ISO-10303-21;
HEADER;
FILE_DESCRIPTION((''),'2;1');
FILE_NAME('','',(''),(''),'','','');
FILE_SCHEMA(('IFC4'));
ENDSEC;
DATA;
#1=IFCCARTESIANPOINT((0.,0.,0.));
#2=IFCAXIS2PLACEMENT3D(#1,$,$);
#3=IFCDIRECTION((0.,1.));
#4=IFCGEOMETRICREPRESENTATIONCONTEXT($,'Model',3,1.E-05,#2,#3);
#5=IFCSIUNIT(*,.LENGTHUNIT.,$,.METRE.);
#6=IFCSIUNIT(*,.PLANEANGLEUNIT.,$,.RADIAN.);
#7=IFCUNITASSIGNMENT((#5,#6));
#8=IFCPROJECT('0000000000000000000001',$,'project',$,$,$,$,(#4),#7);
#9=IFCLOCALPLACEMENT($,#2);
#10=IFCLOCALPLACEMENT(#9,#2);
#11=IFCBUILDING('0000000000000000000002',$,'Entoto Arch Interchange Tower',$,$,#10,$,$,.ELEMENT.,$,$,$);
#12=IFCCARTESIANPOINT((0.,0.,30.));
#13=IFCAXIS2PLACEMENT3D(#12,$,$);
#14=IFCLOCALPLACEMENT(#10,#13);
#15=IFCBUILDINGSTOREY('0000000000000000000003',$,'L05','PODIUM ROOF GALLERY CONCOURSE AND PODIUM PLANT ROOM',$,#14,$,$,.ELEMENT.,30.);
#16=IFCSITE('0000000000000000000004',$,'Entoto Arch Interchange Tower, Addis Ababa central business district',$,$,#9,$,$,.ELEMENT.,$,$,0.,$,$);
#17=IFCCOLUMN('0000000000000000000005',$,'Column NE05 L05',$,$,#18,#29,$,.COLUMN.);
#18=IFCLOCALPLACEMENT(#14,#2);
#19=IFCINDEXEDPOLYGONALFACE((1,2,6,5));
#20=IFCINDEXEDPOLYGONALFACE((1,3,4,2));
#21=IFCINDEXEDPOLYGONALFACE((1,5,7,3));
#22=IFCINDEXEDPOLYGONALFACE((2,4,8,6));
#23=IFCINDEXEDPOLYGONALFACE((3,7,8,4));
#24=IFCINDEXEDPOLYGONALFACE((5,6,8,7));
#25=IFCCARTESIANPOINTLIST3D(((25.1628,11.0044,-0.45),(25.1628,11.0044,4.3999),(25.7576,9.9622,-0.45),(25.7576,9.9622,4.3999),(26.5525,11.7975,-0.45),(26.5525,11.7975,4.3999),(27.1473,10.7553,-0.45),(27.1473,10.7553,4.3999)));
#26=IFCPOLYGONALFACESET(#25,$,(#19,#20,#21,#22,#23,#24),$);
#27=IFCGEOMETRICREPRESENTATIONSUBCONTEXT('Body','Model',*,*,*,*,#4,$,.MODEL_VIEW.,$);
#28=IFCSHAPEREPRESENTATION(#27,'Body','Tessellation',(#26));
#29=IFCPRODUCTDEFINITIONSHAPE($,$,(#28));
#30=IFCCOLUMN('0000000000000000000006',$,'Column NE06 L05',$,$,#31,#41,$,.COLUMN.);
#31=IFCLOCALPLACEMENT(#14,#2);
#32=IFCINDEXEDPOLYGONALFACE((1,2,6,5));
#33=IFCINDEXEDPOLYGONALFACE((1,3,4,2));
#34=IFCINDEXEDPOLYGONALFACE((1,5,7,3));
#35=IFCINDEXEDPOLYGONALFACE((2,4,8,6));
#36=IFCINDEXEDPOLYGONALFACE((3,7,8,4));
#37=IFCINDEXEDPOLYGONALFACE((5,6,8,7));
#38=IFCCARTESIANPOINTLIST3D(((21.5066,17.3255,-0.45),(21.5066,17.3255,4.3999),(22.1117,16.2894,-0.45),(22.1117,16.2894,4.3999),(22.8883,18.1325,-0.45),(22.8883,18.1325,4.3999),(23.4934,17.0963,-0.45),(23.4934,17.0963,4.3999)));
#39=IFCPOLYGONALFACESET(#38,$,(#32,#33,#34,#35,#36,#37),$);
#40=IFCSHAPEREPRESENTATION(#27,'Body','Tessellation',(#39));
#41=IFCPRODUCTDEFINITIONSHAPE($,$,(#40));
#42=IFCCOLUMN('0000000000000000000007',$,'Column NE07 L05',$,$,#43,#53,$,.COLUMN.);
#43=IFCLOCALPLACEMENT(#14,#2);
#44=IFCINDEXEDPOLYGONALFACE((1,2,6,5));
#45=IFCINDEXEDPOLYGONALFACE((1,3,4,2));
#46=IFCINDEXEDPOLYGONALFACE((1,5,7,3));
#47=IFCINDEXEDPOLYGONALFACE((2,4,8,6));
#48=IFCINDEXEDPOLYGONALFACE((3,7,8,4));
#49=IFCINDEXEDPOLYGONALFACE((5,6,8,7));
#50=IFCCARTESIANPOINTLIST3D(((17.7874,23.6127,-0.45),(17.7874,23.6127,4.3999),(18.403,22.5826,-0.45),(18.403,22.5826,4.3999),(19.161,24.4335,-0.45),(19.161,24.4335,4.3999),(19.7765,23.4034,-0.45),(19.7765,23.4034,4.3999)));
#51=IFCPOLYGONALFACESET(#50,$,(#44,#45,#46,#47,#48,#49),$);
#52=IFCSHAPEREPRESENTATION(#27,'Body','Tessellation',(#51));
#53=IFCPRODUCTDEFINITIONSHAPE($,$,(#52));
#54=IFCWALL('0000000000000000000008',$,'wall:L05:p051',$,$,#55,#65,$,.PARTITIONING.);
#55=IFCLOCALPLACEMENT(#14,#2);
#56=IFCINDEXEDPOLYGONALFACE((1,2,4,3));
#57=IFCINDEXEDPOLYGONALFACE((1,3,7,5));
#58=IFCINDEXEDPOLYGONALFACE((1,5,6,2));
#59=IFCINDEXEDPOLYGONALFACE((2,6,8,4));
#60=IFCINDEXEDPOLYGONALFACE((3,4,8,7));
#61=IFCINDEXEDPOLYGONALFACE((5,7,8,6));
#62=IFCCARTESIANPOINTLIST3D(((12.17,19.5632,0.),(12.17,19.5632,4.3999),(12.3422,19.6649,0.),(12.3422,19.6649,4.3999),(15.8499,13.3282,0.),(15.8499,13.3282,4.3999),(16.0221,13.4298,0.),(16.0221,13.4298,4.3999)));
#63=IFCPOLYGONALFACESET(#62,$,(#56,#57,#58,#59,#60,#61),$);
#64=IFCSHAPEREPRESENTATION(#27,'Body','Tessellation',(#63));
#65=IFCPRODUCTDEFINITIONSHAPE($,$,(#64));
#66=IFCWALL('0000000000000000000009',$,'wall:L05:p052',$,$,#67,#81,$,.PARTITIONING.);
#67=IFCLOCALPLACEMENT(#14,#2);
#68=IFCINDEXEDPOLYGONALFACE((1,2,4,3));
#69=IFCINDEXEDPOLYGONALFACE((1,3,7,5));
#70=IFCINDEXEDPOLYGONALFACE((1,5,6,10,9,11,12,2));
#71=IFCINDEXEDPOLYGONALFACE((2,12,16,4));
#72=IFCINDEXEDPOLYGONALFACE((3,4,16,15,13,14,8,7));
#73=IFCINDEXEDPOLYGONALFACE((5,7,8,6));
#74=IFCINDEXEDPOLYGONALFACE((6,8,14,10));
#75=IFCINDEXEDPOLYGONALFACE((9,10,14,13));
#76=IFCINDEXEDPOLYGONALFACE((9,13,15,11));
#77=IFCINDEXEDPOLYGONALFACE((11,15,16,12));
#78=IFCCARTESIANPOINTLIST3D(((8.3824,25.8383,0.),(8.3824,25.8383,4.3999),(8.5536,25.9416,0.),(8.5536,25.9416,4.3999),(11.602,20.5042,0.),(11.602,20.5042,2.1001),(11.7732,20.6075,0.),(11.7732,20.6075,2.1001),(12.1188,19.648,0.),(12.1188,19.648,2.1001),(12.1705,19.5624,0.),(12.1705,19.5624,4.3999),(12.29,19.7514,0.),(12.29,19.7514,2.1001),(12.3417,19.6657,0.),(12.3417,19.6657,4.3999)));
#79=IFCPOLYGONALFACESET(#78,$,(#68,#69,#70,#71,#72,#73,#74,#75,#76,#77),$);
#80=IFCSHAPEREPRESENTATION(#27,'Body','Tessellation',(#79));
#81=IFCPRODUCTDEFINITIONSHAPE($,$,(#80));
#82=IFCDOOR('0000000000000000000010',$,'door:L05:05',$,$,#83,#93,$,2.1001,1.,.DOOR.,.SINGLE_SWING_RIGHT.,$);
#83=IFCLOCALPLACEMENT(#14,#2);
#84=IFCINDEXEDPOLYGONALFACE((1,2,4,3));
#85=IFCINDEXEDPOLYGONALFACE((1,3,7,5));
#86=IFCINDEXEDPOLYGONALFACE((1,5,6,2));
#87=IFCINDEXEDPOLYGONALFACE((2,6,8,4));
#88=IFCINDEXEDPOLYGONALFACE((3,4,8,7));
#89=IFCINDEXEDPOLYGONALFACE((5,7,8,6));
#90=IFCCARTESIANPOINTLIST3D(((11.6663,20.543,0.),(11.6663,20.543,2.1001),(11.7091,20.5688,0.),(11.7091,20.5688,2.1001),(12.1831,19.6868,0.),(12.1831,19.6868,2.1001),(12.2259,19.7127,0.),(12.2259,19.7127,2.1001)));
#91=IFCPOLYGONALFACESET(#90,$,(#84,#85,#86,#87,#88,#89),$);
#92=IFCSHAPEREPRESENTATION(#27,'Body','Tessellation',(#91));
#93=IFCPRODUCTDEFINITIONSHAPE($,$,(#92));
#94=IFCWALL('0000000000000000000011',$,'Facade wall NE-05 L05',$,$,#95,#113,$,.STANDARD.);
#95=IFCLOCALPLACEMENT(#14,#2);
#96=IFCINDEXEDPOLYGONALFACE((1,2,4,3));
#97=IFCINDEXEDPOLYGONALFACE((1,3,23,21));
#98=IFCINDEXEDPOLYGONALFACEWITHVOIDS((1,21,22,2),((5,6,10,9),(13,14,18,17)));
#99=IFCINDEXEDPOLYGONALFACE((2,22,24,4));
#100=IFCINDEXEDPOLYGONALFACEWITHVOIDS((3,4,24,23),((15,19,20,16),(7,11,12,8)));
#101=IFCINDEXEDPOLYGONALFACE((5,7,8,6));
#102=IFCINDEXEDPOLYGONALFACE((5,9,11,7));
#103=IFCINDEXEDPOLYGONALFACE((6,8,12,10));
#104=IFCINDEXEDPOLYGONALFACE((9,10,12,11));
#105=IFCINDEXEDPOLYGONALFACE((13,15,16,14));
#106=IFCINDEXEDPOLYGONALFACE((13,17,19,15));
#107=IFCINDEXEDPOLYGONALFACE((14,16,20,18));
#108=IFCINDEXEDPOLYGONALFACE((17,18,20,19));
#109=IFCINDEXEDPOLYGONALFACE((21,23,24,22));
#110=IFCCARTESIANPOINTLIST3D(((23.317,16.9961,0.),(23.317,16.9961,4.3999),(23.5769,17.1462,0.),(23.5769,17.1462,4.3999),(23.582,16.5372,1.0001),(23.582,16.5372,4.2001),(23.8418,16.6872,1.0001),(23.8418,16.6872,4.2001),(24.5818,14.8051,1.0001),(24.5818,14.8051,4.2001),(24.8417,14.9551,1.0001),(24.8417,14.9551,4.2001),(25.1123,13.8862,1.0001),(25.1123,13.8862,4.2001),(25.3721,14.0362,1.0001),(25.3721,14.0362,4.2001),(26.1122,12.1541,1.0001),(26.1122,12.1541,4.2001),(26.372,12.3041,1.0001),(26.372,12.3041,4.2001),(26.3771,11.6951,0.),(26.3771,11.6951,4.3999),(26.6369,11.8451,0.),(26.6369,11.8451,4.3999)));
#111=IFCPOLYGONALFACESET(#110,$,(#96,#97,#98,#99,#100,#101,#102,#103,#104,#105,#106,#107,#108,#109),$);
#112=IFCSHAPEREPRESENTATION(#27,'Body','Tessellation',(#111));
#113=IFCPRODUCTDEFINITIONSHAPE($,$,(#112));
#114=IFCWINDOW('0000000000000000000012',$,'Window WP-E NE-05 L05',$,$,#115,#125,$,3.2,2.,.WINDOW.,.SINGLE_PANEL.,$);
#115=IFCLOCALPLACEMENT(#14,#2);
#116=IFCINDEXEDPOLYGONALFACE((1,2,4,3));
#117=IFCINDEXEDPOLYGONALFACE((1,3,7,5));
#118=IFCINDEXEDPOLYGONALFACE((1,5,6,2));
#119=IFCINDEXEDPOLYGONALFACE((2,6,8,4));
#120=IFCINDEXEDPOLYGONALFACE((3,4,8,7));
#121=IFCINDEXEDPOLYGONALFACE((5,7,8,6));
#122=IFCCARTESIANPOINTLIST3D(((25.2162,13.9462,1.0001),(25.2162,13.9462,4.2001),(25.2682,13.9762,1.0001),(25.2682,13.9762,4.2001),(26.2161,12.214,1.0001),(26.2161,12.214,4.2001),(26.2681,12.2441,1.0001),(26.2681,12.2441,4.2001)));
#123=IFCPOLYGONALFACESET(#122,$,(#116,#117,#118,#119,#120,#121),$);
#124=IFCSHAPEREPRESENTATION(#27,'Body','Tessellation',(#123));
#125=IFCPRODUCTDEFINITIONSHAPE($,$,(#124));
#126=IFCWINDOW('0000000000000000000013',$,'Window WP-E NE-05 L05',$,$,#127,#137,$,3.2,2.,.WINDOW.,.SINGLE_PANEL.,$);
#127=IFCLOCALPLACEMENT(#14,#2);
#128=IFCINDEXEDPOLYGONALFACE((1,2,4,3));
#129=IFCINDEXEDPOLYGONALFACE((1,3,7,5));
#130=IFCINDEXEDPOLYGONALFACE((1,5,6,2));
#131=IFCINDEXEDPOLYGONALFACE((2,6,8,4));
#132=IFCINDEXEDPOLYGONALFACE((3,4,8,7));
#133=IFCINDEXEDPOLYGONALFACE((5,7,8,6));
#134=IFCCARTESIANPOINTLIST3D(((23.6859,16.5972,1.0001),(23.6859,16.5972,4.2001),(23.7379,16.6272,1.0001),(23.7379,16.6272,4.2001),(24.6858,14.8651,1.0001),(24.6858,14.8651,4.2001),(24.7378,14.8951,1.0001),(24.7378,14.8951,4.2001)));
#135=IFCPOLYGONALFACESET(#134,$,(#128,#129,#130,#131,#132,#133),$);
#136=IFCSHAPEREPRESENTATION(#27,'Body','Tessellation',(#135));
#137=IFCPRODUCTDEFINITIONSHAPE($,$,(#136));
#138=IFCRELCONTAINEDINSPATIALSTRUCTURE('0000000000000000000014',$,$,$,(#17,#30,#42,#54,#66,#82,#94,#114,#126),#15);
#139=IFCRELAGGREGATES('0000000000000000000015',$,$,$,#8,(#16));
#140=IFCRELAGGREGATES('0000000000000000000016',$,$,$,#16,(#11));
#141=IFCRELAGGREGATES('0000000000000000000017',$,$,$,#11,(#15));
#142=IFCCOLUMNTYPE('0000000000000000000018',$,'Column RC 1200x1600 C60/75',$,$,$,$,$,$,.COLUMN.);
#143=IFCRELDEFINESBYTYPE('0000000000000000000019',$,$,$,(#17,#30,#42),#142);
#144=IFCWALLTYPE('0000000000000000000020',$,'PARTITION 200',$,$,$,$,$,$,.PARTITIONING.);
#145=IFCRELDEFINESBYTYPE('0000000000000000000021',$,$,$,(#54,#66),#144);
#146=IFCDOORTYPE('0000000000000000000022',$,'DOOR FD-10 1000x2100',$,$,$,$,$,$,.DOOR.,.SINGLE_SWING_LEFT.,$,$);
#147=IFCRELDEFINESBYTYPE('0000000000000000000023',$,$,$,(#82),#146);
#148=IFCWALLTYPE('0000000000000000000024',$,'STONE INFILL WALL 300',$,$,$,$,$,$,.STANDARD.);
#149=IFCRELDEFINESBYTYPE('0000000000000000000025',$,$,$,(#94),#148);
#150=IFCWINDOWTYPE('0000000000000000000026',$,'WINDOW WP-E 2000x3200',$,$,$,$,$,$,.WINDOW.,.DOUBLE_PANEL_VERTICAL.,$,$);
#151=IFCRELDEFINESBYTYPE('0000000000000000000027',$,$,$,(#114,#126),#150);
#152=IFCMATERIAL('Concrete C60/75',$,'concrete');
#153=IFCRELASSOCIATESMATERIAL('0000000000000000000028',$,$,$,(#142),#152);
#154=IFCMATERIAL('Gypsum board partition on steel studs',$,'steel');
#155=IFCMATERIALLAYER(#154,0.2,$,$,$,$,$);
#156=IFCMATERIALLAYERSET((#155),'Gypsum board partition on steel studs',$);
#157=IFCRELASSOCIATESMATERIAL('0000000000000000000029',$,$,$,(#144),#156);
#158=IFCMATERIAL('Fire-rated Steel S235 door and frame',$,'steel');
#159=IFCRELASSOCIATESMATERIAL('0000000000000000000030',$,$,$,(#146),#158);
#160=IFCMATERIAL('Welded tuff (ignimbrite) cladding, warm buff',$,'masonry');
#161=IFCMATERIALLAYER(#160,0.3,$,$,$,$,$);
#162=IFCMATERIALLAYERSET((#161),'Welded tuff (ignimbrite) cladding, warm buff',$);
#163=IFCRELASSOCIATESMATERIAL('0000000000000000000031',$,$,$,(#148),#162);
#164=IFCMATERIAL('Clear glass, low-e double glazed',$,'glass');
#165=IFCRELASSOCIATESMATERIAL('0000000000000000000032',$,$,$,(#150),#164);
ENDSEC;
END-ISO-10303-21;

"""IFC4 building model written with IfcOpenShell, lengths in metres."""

from ifc_helpers import new_model, si_unit, direction, frame, frame_2d, origin, origin_2d, place, context, subcontext, project, spatial, rectangle, extrude, material, layer, layer_set, material_profile, profile_set, type_object, element, fill, save


model = new_model("IFC4")

# Units and contexts
model_context = context("Model", 3, precision=1e-05, world=origin(), true_north=direction((0.0, 1.0)))
body_context = subcontext(model_context, "Body", "Model", "MODEL_VIEW")
ifc_project = project(units=[si_unit("LENGTHUNIT", "METRE"), si_unit("PLANEANGLEUNIT", "RADIAN")], contexts=[model_context])

# Site, building, storey
site_placement = place(None, origin())
site = spatial("IfcSite", under=ifc_project, at=site_placement, Name="Entoto Arch Interchange Tower, Addis Ababa central business district", CompositionType="ELEMENT", RefElevation=0.0)
building_placement = place(site_placement, origin())
building = spatial("IfcBuilding", under=site, at=building_placement, Name="Entoto Arch Interchange Tower", CompositionType="ELEMENT")
storey_placement = place(building_placement, frame((0.0, 0.0, 30.0)))
storey = spatial("IfcBuildingStorey", under=building, at=storey_placement, Name="L05", Description="PODIUM ROOF GALLERY CONCOURSE AND PODIUM PLANT ROOM", CompositionType="ELEMENT", Elevation=30.0)

# Columns
ifc_material_1 = material(Name="Concrete C60/75", Category="concrete")
ifc_material_profile = material_profile(ifc_material_1, rectangle(XDim=1.2, YDim=1.6001, at=origin_2d()))
ifc_profile_set = profile_set([ifc_material_profile], Name="Concrete C60/75")
column_type = type_object("IfcColumnType", Name="Column RC 1200x1600 C60/75", PredefinedType="COLUMN", material=ifc_profile_set)
for number, where, z_axis, x_axis, name in (
    (1, (26.155, 10.8799, -0.45), (0.0, 0.0, 1.0), (-0.495656, 0.868519, 0.0), "Column NE05 L05"),
    (2, (22.5, 17.2109, -0.45), (0.0, 0.0, 1.0), (-0.504332, 0.86351, 0.0), "Column NE06 L05"),
    (3, (18.782, 23.5081, -0.45), (0.0, 0.0, 1.0), (-0.512972, 0.858405, 0.0), "Column NE07 L05"),
):
    element("IfcColumn", number, at=place(storey_placement, frame(where, z_axis=z_axis, x_axis=x_axis)), inside=storey, type_object=column_type, Name=name, PredefinedType="COLUMN", context=body_context, shape_type="SweptSolid", body=[
        extrude(rectangle(XDim=1.2, YDim=1.6001, at=origin_2d()), origin(), (0.0, 0.0, 1.0), 4.8499),
    ])

# Wall
ifc_material_2 = material(Name="Gypsum board partition on steel studs", Category="steel")
ifc_layer_1 = layer(ifc_material_2, 0.2)
ifc_layer_set_1 = layer_set([ifc_layer_1], Name="Gypsum board partition on steel studs")
wall_type_1 = type_object("IfcWallType", Name="PARTITION 200", PredefinedType="PARTITIONING", material=ifc_layer_set_1)
wall_1_placement = place(storey_placement, frame((15.936, 13.3789, 0.0), z_axis=(0.0, 0.0, 1.0), x_axis=(-0.508274, 0.861196, 0.0)))
element("IfcWall", 4, at=wall_1_placement, inside=storey, type_object=wall_type_1, Name="wall:L05:p051", PredefinedType="PARTITIONING", context=body_context, shape_type="SweptSolid", body=[
    extrude(rectangle(XDim=7.24, YDim=0.2, at=frame_2d((3.6201, 0.0))), origin(), (0.0, 0.0, 1.0), 4.3999),
])

# Wall, opening, door
wall_2_placement = place(storey_placement, frame((12.2561, 19.614, 0.0), z_axis=(0.0, 0.0, 1.0), x_axis=(-0.516757, 0.856132, 0.0)))
wall_2 = element("IfcWall", 5, at=wall_2_placement, inside=storey, type_object=wall_type_1, Name="wall:L05:p052", PredefinedType="PARTITIONING", context=body_context, shape_type="SweptSolid", body=[
    extrude(rectangle(XDim=7.3306, YDim=0.2, at=frame_2d((3.6653, 0.0))), origin(), (0.0, 0.0, 1.0), 4.3999),
])
opening_1_placement = place(wall_2_placement, frame((0.1001, 0.0, 0.0)))
opening_1 = element("IfcOpeningElement", 6, at=opening_1_placement, cuts=wall_2, PredefinedType="OPENING", context=body_context, shape_type="SweptSolid", body=[
    extrude(rectangle(XDim=1.0, YDim=2.1001, at=frame_2d((0.5, 1.05))), frame((0.0, 0.1099, 0.0), z_axis=(0.0, -1.0, 0.0), x_axis=(1.0, 0.0, 0.0)), (0.0, 0.0, 1.0), 0.22),
])
ifc_material_3 = material(Name="Fire-rated Steel S235 door and frame", Category="steel")
door_type = type_object("IfcDoorType", Name="DOOR FD-10 1000x2100", OperationType="SINGLE_SWING_LEFT", PredefinedType="DOOR", material=ifc_material_3)
door_placement = place(opening_1_placement, origin())
door = element("IfcDoor", 7, at=door_placement, inside=storey, type_object=door_type, Name="door:L05:05", OperationType="SINGLE_SWING_RIGHT", OverallHeight=2.1001, OverallWidth=1.0, PredefinedType="DOOR", context=body_context, shape_type="SweptSolid", body=[
    extrude(rectangle(XDim=1.0, YDim=2.1001, at=frame_2d((0.5, 1.05))), frame((0.0, 0.0249, 0.0), z_axis=(0.0, -1.0, 0.0), x_axis=(1.0, 0.0, 0.0)), (0.0, 0.0, 1.0), 0.05),
])
fill(opening_1, door)

# Wall, openings, windows
ifc_material_4 = material(Name="Welded tuff (ignimbrite) cladding, warm buff", Category="masonry")
ifc_layer_2 = layer(ifc_material_4, 0.3)
ifc_layer_set_2 = layer_set([ifc_layer_2], Name="Welded tuff (ignimbrite) cladding, warm buff")
wall_type_2 = type_object("IfcWallType", Name="STONE INFILL WALL 300", PredefinedType="STANDARD", material=ifc_layer_set_2)
wall_3_placement = place(storey_placement, frame((26.5071, 11.77, 0.0), z_axis=(0.0, 0.0, 1.0), x_axis=(-0.49994, 0.86606, 0.0)))
wall_3 = element("IfcWall", 8, at=wall_3_placement, inside=storey, type_object=wall_type_2, Name="Facade wall NE-05 L05", PredefinedType="STANDARD", context=body_context, shape_type="SweptSolid", body=[
    extrude(rectangle(XDim=6.1208, YDim=0.3, at=frame_2d((3.0605, 0.0))), origin(), (0.0, 0.0, 1.0), 4.3999),
])
opening_2_placement = place(wall_3_placement, frame((0.53, 0.0, 1.0)))
opening_2 = element("IfcOpeningElement", 9, at=opening_2_placement, cuts=wall_3, PredefinedType="OPENING", context=body_context, shape_type="SweptSolid", body=[
    extrude(rectangle(XDim=2.0, YDim=3.2, at=frame_2d((1.0, 1.6001))), frame((0.0, 0.1602, 0.0), z_axis=(0.0, -1.0, 0.0), x_axis=(1.0, 0.0, 0.0)), (0.0, 0.0, 1.0), 0.3201),
])
opening_3_placement = place(wall_3_placement, frame((3.5911, 0.0, 1.0)))
opening_3 = element("IfcOpeningElement", 10, at=opening_3_placement, cuts=wall_3, PredefinedType="OPENING", context=body_context, shape_type="SweptSolid", body=[
    extrude(rectangle(XDim=2.0, YDim=3.2, at=frame_2d((1.0, 1.6001))), frame((0.0, 0.1602, 0.0), z_axis=(0.0, -1.0, 0.0), x_axis=(1.0, 0.0, 0.0)), (0.0, 0.0, 1.0), 0.3201),
])
ifc_material_5 = material(Name="Clear glass, low-e double glazed", Category="glass")
window_type = type_object("IfcWindowType", Name="WINDOW WP-E 2000x3200", PartitioningType="DOUBLE_PANEL_VERTICAL", PredefinedType="WINDOW", material=ifc_material_5)
window_1_placement = place(opening_2_placement, origin())
window_1 = element("IfcWindow", 11, at=window_1_placement, inside=storey, type_object=window_type, Name="Window WP-E NE-05 L05", OverallHeight=3.2, OverallWidth=2.0, PartitioningType="SINGLE_PANEL", PredefinedType="WINDOW", context=body_context, shape_type="SweptSolid", body=[
    extrude(rectangle(XDim=2.0, YDim=3.2, at=frame_2d((1.0, 1.6001))), frame((0.0, 0.03, 0.0), z_axis=(0.0, -1.0, 0.0), x_axis=(1.0, 0.0, 0.0)), (0.0, 0.0, 1.0), 0.0601),
])
fill(opening_2, window_1)
window_2_placement = place(opening_3_placement, origin())
window_2 = element("IfcWindow", 12, at=window_2_placement, inside=storey, type_object=window_type, Name="Window WP-E NE-05 L05", OverallHeight=3.2, OverallWidth=2.0, PartitioningType="SINGLE_PANEL", PredefinedType="WINDOW", context=body_context, shape_type="SweptSolid", body=[
    extrude(rectangle(XDim=2.0, YDim=3.2, at=frame_2d((1.0, 1.6001))), frame((0.0, 0.03, 0.0), z_axis=(0.0, -1.0, 0.0), x_axis=(1.0, 0.0, 0.0)), (0.0, 0.0, 1.0), 0.0601),
])
fill(opening_3, window_2)

save(model, "model.ifc")
